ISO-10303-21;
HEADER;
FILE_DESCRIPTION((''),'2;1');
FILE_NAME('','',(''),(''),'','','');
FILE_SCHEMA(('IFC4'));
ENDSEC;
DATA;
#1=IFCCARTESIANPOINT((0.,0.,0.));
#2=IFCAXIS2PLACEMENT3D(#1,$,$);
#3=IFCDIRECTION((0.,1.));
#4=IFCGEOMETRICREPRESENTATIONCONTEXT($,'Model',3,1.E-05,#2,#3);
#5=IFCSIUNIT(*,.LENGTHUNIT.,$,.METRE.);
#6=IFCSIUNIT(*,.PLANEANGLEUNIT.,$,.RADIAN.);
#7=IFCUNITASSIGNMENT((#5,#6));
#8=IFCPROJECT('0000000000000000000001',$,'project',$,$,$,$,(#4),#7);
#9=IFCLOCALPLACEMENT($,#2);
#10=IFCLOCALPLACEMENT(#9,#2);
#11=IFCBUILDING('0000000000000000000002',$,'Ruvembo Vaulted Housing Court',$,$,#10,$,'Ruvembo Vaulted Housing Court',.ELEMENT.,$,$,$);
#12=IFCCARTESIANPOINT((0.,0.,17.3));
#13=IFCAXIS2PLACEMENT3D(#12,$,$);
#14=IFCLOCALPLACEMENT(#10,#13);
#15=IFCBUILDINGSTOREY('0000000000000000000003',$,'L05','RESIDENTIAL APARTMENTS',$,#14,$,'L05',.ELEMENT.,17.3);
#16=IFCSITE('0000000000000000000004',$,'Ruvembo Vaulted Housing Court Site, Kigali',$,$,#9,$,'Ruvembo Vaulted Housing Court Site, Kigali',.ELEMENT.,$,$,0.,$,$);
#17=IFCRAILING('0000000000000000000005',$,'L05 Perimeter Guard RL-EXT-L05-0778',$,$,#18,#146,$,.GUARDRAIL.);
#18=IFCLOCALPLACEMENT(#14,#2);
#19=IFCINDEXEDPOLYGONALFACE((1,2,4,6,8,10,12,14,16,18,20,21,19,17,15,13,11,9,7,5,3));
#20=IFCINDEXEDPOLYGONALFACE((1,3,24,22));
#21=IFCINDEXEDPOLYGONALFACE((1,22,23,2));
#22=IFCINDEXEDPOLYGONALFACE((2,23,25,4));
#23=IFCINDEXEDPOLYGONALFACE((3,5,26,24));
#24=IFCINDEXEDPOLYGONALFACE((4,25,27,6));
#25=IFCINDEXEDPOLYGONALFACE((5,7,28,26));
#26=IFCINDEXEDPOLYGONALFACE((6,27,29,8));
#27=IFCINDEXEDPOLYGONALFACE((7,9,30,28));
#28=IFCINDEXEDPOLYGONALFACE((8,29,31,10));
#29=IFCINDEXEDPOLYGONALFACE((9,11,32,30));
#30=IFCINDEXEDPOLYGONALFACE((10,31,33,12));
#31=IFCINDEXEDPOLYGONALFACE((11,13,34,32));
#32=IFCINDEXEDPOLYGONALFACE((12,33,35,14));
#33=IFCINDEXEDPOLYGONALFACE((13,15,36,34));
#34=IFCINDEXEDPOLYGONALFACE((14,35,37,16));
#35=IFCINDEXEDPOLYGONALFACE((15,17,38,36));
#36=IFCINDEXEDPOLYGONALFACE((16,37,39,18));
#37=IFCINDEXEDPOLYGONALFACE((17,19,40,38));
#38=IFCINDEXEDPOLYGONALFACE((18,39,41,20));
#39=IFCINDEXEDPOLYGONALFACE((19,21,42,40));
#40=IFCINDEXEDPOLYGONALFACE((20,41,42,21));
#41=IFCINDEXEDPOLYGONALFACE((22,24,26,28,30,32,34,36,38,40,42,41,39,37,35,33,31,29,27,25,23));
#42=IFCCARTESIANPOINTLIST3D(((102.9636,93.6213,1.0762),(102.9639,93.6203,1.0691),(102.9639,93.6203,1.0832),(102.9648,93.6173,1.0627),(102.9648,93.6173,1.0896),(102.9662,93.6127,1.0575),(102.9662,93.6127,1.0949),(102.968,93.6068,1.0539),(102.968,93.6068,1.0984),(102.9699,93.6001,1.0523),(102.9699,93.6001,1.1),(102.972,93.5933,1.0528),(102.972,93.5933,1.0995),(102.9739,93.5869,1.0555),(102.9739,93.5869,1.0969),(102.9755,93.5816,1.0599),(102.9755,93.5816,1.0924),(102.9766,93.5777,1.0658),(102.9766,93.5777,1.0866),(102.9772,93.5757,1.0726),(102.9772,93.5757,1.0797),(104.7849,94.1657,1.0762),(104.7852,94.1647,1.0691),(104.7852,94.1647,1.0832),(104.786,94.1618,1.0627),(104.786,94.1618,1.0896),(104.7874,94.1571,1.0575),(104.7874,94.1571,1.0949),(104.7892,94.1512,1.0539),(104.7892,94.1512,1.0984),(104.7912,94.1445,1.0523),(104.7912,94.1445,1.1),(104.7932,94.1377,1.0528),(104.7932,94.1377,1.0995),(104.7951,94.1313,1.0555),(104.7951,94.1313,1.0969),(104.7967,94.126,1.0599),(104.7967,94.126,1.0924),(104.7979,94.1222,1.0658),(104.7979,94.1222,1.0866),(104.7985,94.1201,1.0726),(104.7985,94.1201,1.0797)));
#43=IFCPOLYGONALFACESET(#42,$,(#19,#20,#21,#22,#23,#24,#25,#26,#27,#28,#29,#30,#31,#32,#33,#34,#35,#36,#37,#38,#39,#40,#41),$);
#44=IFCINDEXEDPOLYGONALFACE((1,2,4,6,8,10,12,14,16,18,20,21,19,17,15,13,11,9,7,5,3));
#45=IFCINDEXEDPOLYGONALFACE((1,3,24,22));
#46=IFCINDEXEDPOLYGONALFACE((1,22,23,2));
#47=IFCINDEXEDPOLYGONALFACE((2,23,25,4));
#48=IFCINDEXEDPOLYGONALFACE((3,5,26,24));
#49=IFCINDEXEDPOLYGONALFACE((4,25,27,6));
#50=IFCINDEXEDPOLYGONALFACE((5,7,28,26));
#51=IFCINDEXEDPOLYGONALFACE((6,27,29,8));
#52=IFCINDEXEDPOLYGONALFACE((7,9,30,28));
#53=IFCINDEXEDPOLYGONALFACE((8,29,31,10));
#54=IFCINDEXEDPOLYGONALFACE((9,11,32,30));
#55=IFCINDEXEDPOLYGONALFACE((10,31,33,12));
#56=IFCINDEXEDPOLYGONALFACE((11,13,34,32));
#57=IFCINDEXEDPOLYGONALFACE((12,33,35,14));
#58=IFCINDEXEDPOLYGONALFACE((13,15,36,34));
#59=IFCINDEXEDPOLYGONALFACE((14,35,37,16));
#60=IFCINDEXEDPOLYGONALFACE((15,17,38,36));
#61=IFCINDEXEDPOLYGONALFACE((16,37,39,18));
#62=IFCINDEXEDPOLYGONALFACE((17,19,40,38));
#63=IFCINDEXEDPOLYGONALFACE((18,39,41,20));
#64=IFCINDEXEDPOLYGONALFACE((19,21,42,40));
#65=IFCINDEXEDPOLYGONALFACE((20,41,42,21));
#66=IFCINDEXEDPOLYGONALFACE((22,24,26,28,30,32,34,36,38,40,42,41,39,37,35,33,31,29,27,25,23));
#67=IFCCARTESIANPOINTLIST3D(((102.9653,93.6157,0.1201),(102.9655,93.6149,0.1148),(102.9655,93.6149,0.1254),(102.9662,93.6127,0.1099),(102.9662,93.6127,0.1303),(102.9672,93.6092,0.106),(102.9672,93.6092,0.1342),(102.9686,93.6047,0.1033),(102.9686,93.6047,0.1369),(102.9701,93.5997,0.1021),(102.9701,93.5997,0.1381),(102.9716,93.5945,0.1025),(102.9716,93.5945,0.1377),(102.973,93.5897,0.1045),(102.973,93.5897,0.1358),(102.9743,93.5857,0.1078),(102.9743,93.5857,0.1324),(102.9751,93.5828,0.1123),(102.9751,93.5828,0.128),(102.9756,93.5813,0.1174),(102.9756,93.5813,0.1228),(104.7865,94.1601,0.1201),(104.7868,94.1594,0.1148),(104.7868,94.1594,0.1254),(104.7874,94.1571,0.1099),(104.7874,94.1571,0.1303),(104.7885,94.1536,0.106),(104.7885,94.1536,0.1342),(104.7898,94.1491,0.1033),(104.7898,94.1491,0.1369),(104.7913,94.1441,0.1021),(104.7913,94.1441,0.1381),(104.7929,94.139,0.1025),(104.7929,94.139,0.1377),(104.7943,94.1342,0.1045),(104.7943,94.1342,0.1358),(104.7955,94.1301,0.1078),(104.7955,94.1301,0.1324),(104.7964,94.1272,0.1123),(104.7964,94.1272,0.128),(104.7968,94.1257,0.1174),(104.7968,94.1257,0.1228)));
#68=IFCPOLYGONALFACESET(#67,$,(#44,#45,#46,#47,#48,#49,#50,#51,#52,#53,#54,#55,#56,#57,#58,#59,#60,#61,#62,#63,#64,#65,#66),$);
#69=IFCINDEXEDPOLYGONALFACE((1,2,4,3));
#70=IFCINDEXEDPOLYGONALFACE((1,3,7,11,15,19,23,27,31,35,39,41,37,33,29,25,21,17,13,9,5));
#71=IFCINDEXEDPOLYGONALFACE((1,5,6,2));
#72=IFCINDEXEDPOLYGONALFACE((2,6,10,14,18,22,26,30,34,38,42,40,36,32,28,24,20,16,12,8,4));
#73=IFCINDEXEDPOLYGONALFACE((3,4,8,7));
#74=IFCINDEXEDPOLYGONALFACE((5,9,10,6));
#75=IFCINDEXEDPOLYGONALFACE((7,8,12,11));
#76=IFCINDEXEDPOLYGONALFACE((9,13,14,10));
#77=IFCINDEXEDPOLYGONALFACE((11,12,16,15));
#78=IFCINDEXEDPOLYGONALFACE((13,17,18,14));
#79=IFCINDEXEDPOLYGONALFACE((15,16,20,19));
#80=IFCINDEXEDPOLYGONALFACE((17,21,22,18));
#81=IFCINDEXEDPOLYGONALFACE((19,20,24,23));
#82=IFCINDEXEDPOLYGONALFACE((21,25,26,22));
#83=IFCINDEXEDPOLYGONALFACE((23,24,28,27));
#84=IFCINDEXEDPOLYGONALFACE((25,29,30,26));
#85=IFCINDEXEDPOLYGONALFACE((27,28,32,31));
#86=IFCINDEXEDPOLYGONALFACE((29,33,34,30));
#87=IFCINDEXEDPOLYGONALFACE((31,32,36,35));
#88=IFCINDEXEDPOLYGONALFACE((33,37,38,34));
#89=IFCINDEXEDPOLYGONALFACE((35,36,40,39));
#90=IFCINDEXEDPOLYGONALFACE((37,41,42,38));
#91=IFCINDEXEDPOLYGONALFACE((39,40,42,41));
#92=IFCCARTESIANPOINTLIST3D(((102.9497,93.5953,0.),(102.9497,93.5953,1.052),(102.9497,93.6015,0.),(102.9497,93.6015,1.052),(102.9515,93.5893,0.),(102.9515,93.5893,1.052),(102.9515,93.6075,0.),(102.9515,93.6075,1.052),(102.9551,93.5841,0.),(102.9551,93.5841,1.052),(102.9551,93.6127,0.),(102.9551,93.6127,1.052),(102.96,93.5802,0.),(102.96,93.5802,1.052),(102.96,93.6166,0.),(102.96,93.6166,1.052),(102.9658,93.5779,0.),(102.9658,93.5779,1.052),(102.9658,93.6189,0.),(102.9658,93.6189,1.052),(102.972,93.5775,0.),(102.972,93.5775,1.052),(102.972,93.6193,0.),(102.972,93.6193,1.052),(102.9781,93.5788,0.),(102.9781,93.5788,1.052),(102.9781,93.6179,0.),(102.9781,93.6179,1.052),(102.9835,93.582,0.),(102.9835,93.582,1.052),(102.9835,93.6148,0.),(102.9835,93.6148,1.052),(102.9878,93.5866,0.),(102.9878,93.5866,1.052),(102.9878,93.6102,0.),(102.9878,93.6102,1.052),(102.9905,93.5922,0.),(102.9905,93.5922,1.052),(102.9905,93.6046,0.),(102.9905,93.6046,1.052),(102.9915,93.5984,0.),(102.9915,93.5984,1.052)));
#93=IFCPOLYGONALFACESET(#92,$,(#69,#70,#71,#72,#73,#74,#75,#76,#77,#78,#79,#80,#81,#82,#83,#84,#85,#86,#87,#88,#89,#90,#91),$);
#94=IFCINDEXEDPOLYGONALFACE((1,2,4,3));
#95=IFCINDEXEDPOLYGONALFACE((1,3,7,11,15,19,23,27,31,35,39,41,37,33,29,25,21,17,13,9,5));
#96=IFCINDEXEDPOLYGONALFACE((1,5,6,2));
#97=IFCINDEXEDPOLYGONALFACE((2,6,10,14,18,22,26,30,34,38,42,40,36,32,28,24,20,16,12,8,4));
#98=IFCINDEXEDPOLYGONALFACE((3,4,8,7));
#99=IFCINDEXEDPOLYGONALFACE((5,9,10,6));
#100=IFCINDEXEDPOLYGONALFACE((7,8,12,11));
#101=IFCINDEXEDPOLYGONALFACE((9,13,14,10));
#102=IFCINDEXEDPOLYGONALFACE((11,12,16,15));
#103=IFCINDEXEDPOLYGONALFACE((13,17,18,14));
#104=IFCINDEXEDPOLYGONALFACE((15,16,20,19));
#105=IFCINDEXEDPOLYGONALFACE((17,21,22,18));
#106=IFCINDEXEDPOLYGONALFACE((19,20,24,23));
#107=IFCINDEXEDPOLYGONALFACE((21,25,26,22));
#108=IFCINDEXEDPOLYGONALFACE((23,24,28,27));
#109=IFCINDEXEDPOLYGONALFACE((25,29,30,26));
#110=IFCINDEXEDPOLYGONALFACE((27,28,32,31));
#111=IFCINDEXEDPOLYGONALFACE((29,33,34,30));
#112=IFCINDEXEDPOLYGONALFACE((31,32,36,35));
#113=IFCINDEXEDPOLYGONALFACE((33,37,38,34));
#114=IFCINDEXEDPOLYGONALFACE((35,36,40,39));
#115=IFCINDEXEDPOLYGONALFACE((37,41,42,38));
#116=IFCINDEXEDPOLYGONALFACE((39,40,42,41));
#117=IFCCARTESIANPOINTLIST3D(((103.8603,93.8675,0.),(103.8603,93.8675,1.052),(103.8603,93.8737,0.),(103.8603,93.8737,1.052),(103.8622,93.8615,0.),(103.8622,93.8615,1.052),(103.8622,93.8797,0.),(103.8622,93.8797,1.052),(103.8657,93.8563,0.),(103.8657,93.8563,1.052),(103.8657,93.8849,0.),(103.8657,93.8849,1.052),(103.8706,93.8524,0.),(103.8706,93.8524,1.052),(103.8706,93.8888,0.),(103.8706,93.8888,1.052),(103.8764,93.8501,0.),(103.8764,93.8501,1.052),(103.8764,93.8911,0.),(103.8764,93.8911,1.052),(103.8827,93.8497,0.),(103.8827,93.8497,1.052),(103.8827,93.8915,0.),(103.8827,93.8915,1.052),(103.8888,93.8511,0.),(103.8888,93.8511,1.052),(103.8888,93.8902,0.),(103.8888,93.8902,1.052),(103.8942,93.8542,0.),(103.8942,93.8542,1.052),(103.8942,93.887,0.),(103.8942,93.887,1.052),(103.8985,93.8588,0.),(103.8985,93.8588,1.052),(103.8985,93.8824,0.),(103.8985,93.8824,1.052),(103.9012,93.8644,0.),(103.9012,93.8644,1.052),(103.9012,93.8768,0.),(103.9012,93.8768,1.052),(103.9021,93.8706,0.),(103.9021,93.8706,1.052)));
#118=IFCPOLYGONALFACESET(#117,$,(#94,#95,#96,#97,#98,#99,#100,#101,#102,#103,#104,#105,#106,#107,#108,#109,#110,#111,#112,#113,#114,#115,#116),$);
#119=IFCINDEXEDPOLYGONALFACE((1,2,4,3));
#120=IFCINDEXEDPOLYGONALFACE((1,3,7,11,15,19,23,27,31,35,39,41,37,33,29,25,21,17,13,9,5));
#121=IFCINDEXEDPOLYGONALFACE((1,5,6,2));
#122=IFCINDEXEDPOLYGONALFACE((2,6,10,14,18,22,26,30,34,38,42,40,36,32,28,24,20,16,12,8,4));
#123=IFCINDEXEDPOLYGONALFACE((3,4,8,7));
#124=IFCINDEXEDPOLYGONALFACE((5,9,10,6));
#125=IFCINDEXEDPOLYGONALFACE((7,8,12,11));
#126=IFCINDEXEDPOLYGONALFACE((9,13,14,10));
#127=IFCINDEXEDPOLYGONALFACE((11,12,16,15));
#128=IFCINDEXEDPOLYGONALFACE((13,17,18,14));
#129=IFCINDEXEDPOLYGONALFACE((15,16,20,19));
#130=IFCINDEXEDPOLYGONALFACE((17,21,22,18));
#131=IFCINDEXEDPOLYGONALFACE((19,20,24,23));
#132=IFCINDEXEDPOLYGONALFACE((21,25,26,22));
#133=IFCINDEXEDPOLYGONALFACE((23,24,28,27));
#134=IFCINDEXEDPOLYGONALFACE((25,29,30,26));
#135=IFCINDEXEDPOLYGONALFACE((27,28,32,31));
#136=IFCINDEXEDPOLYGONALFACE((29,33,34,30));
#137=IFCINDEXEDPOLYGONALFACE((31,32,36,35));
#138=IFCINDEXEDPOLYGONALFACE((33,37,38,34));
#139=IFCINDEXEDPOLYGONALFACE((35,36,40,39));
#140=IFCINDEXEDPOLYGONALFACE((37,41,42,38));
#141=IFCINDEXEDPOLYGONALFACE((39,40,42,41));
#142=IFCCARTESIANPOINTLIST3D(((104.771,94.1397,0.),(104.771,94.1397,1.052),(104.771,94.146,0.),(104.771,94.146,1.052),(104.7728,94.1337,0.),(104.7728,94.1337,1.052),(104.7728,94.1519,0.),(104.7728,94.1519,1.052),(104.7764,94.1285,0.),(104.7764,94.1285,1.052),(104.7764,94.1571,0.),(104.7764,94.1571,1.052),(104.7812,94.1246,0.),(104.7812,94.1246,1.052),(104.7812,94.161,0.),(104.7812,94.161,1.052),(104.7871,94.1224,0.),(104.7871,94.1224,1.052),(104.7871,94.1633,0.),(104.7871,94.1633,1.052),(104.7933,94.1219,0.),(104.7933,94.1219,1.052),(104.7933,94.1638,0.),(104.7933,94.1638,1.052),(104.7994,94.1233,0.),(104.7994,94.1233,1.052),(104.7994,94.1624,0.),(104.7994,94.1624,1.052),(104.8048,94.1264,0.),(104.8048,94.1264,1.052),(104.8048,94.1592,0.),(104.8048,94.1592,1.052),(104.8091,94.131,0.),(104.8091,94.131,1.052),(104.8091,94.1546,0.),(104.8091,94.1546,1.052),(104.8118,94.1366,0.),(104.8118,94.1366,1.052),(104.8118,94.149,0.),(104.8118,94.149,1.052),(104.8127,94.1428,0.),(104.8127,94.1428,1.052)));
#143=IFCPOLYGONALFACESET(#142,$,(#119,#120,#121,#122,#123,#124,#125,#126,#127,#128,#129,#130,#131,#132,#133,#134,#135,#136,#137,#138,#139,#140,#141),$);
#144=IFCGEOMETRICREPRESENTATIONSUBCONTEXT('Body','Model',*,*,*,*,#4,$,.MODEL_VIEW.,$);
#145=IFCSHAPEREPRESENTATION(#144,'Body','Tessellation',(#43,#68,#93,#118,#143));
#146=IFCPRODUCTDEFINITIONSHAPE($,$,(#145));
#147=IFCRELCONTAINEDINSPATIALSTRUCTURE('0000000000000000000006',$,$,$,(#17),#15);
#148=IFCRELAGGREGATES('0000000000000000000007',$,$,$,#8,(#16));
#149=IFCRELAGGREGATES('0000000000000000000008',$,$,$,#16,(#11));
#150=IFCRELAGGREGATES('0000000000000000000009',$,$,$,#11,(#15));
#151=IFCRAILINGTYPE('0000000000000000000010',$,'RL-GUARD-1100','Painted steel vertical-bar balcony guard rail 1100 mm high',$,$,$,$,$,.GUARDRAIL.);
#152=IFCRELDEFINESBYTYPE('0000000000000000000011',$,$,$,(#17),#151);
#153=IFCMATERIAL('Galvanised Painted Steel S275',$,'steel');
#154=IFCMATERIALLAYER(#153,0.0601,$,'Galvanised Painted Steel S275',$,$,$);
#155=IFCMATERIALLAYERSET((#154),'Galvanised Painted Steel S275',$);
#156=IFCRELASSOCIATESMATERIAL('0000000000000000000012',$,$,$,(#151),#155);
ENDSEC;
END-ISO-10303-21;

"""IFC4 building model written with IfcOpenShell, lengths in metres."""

from ifc_helpers import new_model, si_unit, direction, frame, origin, origin_2d, place, context, subcontext, project, spatial, circle, extrude, material, layer, layer_set, type_object, element, save


model = new_model("IFC4")

# Units and contexts
model_context = context("Model", 3, precision=1e-05, world=origin(), true_north=direction((0.0, 1.0)))
body_context = subcontext(model_context, "Body", "Model", "MODEL_VIEW")
ifc_project = project(units=[si_unit("LENGTHUNIT", "METRE"), si_unit("PLANEANGLEUNIT", "RADIAN")], contexts=[model_context])

# Site, building, storey
site_placement = place(None, origin())
site = spatial("IfcSite", under=ifc_project, at=site_placement, Name="Ruvembo Vaulted Housing Court Site, Kigali", LongName="Ruvembo Vaulted Housing Court Site, Kigali", CompositionType="ELEMENT", RefElevation=0.0)
building_placement = place(site_placement, origin())
building = spatial("IfcBuilding", under=site, at=building_placement, Name="Ruvembo Vaulted Housing Court", LongName="Ruvembo Vaulted Housing Court", CompositionType="ELEMENT")
storey_placement = place(building_placement, frame((0.0, 0.0, 17.3)))
storey = spatial("IfcBuildingStorey", under=building, at=storey_placement, Name="L05", Description="RESIDENTIAL APARTMENTS", LongName="L05", CompositionType="ELEMENT", Elevation=17.3)

# Railing
ifc_material_1 = material(Name="Galvanised Painted Steel S275", Category="steel")
ifc_layer = layer(ifc_material_1, 0.0601, Name="Galvanised Painted Steel S275")
ifc_layer_set = layer_set([ifc_layer], Name="Galvanised Painted Steel S275")
railing_type = type_object("IfcRailingType", Name="RL-GUARD-1100", Description="Painted steel vertical-bar balcony guard rail 1100 mm high", PredefinedType="GUARDRAIL", material=ifc_layer_set)
railing_1_placement = place(storey_placement, frame((102.9705, 93.5984, 0.0)))
element("IfcRailing", 1, at=railing_1_placement, inside=storey, type_object=railing_type, Name="L05 Perimeter Guard RL-EXT-L05-0778", PredefinedType="GUARDRAIL", context=body_context, shape_type="SweptSolid", body=[
    extrude(circle(Radius=0.0239, at=origin_2d()), frame((0.0, 0.0, 1.0762), z_axis=(0.958109, 0.286405, 0.0), x_axis=(-0.286405, 0.958109, 0.0)), (0.0, 0.0, 1.0), 1.9009),
    extrude(circle(Radius=0.0181, at=origin_2d()), frame((0.0, 0.0, 0.1201), z_axis=(0.958109, 0.286405, 0.0), x_axis=(-0.286405, 0.958109, 0.0)), (0.0, 0.0, 1.0), 1.9009),
    extrude(circle(Radius=0.021, at=origin_2d()), origin(), (0.0, 0.0, 1.0), 1.052),
    extrude(circle(Radius=0.021, at=origin_2d()), frame((0.9106, 0.2722, 0.0)), (0.0, 0.0, 1.0), 1.052),
    extrude(circle(Radius=0.021, at=origin_2d()), frame((1.8213, 0.5444, 0.0)), (0.0, 0.0, 1.0), 1.052),
])

save(model, "model.ifc")
